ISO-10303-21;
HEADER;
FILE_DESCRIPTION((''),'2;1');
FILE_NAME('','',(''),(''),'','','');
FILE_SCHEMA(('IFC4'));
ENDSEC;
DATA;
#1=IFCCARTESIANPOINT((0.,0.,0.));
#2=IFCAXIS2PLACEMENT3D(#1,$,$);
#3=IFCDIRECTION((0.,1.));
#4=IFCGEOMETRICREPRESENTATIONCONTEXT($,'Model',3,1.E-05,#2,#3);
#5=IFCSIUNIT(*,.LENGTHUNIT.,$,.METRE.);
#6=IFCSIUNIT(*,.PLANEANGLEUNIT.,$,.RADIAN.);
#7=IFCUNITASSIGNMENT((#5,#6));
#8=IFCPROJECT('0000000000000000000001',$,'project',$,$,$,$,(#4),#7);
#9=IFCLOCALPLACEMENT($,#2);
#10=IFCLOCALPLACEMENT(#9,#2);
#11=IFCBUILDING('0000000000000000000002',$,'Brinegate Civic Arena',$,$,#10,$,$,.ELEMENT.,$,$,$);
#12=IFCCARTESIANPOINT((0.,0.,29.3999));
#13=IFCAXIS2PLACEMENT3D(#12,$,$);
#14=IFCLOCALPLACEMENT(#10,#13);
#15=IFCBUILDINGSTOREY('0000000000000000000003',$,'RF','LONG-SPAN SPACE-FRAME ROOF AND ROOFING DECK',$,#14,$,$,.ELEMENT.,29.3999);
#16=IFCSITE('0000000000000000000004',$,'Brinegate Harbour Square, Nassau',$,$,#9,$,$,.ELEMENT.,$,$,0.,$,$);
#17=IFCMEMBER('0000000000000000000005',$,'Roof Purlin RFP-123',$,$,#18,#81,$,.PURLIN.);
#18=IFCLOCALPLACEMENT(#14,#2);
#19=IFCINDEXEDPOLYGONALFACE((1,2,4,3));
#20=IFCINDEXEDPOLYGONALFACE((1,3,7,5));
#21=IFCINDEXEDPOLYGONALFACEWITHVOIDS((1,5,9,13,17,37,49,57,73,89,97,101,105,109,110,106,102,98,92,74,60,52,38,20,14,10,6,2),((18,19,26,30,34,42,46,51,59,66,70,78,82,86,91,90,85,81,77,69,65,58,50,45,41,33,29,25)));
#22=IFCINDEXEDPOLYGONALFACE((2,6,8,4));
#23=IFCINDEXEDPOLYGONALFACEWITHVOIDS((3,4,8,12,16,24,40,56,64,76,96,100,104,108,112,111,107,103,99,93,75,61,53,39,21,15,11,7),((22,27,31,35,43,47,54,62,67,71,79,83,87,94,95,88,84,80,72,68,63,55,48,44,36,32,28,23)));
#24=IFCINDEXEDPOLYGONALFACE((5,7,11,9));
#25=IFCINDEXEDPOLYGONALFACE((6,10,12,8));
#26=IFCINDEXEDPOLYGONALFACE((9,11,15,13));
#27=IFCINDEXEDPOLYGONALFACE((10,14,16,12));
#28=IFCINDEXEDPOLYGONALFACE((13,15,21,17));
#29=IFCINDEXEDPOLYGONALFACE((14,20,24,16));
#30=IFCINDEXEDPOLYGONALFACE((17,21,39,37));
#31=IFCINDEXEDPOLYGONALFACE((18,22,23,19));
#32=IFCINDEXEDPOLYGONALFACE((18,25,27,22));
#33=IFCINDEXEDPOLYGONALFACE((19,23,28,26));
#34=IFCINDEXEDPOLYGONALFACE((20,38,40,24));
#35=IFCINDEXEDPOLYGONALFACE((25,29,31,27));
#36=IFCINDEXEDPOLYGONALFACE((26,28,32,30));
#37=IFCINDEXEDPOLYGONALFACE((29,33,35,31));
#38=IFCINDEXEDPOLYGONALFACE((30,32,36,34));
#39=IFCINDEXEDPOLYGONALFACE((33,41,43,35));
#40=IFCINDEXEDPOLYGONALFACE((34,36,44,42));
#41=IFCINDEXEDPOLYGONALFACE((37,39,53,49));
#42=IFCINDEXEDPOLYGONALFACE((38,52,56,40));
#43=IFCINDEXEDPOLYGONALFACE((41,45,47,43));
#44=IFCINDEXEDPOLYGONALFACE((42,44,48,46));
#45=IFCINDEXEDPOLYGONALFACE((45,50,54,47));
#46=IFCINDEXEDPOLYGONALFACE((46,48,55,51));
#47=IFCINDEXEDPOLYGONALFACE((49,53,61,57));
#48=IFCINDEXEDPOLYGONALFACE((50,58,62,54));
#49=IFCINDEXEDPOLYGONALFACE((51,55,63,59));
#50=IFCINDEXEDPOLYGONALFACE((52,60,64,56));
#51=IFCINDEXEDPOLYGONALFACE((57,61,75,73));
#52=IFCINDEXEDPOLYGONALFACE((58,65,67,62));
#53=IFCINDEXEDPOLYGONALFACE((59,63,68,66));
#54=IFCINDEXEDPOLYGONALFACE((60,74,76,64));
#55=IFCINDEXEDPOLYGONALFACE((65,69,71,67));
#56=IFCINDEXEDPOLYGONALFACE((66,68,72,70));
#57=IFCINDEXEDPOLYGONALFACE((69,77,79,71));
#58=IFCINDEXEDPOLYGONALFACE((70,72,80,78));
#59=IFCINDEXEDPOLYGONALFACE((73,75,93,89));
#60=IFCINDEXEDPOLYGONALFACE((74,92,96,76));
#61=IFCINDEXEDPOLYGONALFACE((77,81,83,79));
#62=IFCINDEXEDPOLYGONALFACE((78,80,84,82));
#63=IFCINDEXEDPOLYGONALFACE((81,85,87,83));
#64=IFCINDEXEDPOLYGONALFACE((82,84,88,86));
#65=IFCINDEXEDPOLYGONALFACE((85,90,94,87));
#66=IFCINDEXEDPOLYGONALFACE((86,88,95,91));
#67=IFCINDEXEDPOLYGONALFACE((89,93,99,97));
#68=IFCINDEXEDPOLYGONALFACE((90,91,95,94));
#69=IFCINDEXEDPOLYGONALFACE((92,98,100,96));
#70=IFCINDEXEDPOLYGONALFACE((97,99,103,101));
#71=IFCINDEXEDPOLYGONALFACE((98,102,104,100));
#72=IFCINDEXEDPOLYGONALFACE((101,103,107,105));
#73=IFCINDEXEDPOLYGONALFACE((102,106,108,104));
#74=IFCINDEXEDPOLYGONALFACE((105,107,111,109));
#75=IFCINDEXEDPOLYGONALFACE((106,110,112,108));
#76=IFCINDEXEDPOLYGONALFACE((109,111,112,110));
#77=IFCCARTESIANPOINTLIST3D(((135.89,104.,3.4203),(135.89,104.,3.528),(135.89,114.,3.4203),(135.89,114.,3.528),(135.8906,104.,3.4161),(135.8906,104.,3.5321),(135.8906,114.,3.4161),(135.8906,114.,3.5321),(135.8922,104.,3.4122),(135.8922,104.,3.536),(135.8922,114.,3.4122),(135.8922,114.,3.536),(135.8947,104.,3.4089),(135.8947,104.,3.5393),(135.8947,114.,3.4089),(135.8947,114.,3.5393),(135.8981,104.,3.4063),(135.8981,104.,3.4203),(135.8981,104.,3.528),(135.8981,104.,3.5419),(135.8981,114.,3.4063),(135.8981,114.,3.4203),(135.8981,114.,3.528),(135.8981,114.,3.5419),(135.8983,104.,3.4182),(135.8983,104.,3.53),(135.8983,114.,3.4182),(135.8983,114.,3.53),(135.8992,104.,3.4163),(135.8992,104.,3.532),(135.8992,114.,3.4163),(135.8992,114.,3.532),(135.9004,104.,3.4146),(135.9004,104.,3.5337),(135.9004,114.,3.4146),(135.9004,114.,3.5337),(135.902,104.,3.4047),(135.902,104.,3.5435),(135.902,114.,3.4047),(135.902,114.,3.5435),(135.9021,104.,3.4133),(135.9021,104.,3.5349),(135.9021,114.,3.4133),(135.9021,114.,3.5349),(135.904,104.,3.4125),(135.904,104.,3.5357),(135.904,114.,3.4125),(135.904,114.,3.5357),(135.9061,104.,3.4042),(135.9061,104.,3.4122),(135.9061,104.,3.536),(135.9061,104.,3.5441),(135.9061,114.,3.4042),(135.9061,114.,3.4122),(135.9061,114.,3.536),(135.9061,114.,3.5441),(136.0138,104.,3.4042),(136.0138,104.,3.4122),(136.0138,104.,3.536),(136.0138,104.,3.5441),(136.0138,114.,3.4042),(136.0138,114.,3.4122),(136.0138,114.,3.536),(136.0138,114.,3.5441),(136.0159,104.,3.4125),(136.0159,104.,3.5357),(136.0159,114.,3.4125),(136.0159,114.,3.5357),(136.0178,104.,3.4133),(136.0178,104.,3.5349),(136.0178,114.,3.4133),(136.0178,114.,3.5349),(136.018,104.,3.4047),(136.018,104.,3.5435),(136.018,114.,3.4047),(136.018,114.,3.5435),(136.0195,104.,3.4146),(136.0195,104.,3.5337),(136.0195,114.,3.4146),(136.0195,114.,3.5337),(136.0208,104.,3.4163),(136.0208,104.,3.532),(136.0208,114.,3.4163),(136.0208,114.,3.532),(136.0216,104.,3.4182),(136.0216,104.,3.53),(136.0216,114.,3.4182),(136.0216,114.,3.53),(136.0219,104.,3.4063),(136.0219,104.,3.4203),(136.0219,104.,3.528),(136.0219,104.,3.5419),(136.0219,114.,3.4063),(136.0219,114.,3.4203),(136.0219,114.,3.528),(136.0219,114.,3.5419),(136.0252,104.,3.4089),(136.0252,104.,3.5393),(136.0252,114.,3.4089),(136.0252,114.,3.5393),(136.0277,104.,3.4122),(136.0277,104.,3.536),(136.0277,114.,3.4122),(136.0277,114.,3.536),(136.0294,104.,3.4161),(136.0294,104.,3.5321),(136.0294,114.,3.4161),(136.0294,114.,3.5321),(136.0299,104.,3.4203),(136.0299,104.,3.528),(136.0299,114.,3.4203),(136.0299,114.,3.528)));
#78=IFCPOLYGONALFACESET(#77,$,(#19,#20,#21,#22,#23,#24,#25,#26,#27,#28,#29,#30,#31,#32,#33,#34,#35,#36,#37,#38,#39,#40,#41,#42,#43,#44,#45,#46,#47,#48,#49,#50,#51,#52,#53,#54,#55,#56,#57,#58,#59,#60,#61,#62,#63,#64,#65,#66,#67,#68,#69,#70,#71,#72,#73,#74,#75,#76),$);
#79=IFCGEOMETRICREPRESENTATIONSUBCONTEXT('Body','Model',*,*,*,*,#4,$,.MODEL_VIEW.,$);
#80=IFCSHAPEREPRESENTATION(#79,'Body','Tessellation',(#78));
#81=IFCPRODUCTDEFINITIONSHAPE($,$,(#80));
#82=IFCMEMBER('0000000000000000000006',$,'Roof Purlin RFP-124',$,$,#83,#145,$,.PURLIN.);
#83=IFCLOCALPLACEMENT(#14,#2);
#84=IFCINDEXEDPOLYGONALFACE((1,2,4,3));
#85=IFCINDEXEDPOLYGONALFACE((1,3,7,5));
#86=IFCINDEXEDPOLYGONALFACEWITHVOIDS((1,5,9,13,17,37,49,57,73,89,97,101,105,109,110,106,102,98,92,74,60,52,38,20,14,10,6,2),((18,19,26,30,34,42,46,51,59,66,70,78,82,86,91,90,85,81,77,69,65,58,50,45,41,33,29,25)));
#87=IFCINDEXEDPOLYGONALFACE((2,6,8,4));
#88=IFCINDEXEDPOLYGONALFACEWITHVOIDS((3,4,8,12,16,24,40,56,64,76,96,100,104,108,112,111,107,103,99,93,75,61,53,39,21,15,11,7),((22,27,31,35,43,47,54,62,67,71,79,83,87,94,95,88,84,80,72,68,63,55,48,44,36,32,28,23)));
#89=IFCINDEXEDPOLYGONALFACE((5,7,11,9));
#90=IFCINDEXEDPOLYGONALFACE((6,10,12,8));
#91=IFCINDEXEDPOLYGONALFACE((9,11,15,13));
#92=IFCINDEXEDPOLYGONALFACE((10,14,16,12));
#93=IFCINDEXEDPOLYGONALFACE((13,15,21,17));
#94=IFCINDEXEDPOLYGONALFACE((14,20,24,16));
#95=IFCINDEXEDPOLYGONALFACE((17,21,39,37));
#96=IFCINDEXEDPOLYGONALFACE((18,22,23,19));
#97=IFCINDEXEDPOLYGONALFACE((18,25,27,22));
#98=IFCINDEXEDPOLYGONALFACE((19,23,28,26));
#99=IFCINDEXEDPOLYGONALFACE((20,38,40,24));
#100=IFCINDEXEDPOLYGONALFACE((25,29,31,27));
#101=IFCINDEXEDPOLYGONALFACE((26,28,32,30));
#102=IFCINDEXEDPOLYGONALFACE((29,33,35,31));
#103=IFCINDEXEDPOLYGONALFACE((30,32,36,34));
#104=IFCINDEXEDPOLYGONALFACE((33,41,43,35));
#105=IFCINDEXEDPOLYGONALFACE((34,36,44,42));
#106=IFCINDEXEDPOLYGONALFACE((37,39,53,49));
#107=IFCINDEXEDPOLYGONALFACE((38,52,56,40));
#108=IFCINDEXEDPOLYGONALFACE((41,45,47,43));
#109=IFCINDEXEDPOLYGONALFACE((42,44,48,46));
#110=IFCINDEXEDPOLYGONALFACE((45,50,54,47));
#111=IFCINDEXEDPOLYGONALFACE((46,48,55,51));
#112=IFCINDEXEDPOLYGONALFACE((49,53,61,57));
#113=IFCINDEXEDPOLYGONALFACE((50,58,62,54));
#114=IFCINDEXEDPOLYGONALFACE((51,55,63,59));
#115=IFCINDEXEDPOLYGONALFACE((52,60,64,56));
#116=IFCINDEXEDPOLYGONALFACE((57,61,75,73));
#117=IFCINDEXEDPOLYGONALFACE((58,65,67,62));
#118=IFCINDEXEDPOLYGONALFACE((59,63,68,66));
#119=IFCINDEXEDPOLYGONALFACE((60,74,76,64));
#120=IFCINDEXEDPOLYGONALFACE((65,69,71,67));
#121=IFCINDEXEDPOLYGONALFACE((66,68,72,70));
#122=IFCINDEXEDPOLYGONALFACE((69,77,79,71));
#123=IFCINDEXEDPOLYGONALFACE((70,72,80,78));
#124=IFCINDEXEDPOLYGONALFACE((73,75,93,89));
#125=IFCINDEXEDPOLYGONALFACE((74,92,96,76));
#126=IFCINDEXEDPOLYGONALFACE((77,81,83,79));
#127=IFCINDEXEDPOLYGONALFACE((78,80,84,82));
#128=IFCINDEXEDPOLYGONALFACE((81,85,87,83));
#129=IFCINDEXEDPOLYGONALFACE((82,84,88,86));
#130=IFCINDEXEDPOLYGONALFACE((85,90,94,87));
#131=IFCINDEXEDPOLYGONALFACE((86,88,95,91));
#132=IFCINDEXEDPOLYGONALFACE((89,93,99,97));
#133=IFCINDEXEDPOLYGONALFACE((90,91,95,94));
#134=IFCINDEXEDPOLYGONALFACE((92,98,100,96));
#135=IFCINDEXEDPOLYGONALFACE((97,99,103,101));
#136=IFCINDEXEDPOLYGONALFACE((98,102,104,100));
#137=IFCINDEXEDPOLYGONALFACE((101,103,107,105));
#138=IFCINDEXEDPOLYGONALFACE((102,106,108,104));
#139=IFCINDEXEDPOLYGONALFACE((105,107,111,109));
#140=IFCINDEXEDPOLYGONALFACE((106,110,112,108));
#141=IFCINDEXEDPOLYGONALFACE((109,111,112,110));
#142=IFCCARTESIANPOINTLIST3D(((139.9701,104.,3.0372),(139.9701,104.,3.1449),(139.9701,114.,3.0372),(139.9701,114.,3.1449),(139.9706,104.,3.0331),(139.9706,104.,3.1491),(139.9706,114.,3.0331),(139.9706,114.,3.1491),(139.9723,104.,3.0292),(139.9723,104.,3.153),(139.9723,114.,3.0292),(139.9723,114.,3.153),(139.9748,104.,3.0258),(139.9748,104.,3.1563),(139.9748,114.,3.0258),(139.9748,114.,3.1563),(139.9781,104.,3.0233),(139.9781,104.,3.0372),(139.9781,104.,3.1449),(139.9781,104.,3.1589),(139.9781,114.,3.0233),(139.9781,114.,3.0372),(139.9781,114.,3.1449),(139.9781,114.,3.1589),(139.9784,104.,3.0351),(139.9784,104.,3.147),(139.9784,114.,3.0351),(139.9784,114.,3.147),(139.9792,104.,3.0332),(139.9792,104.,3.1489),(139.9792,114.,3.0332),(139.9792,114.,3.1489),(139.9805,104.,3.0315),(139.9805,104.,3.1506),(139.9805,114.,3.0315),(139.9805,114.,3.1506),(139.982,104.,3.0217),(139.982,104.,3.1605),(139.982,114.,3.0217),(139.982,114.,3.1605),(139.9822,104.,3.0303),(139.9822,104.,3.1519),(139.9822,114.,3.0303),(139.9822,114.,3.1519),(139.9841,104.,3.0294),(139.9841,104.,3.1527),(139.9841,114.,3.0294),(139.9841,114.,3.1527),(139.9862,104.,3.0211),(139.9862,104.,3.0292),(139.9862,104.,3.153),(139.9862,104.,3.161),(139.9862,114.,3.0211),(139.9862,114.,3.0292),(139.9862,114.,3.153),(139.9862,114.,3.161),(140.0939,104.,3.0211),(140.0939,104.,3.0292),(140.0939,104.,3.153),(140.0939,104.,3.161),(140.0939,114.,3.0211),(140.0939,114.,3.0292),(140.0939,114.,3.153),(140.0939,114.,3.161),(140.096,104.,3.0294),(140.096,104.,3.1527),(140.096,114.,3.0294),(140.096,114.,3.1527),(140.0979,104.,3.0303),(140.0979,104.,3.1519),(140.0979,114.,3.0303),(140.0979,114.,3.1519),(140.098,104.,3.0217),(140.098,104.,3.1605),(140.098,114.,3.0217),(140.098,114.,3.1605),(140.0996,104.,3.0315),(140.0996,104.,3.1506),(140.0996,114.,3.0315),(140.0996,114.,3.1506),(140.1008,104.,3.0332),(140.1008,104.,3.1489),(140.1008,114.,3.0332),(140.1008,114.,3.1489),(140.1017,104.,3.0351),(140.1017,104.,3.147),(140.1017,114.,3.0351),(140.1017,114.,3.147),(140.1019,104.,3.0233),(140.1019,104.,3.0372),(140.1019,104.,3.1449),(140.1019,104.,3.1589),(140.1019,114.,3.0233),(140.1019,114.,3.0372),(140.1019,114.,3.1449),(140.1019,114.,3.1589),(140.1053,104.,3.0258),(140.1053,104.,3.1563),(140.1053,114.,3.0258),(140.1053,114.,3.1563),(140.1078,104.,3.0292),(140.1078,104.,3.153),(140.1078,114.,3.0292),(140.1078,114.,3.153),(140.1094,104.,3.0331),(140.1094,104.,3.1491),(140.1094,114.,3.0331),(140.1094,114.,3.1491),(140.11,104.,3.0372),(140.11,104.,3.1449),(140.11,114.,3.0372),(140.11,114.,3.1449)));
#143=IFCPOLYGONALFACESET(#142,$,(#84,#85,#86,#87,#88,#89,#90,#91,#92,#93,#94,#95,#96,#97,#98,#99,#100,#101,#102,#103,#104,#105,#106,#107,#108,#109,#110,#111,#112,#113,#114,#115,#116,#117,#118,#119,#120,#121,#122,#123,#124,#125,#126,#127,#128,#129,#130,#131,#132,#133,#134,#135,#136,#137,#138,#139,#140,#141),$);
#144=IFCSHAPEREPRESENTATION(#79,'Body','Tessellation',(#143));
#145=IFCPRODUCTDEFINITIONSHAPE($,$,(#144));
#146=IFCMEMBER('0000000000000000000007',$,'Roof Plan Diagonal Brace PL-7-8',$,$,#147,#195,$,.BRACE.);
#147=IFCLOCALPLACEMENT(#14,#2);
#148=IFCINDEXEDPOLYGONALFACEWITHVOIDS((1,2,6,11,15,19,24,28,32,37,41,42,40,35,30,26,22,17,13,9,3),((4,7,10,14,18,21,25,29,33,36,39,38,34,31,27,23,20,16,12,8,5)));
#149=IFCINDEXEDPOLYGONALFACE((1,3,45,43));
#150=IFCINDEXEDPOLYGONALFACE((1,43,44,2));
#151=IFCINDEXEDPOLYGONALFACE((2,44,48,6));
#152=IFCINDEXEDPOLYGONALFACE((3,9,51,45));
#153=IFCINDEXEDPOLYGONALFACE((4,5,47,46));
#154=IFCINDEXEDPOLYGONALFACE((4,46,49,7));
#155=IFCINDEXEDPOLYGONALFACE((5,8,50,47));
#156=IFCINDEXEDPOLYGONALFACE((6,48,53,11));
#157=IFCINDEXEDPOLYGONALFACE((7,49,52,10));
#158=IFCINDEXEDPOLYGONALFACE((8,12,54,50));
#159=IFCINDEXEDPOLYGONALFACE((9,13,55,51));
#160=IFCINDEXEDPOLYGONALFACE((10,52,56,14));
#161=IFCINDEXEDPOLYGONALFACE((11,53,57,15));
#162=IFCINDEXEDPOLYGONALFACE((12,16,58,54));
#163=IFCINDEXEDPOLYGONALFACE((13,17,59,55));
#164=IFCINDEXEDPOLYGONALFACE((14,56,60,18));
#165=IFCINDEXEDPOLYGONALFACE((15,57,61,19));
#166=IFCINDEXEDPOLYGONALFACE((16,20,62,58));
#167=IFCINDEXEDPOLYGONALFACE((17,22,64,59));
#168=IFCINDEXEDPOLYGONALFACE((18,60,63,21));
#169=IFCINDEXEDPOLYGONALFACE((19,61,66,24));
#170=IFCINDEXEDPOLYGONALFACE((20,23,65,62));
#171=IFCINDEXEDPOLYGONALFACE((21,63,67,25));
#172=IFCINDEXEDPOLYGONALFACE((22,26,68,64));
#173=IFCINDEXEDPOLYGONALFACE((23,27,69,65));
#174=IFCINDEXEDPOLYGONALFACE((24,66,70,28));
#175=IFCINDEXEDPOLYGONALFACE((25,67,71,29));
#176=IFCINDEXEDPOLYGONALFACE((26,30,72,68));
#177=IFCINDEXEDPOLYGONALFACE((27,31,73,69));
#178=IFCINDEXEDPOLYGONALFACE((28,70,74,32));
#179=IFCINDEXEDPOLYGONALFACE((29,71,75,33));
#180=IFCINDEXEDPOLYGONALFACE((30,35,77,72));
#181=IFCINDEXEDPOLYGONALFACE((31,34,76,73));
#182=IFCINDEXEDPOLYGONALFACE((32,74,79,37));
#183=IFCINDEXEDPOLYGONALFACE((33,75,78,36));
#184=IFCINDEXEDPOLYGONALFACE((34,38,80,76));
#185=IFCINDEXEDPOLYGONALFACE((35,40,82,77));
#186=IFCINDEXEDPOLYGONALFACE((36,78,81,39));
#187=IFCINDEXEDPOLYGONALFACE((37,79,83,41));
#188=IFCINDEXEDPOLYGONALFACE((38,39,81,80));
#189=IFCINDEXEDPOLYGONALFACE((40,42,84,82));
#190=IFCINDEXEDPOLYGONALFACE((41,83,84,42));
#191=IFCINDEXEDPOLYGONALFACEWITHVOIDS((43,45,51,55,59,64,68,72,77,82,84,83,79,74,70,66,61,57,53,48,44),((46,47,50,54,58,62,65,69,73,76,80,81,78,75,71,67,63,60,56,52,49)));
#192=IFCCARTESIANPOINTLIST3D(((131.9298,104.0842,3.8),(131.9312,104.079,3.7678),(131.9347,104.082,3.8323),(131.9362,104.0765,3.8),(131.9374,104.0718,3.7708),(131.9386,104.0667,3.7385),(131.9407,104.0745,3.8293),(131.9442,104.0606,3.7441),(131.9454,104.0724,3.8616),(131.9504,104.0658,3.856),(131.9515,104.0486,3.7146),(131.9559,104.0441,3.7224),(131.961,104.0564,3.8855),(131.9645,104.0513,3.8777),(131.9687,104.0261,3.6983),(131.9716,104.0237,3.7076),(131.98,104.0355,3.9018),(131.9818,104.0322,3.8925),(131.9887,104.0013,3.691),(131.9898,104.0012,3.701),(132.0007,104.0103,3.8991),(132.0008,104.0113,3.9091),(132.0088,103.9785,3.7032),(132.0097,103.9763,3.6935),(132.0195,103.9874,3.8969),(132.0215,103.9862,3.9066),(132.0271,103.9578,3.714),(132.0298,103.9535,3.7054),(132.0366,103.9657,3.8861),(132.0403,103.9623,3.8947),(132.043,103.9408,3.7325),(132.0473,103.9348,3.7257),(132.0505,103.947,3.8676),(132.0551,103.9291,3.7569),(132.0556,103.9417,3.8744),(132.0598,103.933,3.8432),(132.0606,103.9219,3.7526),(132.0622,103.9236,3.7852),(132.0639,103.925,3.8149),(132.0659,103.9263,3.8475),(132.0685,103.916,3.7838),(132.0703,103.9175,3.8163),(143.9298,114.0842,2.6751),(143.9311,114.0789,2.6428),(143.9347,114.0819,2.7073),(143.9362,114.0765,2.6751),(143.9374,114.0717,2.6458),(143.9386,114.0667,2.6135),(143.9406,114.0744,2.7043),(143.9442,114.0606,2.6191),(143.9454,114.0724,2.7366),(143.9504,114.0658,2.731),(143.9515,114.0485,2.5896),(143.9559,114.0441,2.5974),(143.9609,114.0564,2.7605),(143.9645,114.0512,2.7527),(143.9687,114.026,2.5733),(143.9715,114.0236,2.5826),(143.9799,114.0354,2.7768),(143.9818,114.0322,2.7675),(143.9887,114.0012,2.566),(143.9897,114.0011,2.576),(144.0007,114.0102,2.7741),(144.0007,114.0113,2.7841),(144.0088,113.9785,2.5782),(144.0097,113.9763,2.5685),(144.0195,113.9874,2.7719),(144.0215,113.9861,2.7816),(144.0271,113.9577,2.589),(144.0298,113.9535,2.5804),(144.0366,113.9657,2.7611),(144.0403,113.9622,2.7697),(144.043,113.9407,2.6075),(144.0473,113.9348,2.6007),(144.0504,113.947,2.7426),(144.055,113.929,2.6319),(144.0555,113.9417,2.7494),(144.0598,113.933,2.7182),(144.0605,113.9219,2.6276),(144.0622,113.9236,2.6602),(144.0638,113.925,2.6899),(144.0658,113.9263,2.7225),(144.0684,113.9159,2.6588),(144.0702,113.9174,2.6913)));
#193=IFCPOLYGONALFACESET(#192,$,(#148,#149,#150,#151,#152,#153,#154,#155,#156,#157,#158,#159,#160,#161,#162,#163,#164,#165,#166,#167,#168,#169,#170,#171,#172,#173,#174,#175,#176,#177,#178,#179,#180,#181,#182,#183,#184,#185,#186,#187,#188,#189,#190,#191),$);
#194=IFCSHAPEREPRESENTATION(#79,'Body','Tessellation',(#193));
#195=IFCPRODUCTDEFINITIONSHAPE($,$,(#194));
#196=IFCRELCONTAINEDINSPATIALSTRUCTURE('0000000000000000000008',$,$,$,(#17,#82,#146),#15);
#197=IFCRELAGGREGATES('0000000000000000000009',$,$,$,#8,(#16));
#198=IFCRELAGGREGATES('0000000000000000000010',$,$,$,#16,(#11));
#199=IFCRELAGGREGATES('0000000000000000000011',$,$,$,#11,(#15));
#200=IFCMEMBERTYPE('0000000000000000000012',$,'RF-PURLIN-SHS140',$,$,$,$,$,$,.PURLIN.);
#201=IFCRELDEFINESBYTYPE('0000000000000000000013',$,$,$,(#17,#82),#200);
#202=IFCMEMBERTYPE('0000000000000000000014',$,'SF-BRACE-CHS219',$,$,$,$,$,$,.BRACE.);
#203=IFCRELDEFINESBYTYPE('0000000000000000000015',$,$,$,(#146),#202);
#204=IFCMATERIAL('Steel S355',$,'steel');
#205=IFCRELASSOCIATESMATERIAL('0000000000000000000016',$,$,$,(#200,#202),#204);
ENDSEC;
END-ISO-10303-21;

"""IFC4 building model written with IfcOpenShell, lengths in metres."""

from ifc_helpers import new_model, si_unit, direction, frame, origin, origin_2d, place, context, subcontext, project, spatial, hollow_rectangle, hollow_circle, extrude, material, material_profile, profile_set, type_object, element, save


model = new_model("IFC4")

# Units and contexts
model_context = context("Model", 3, precision=1e-05, world=origin(), true_north=direction((0.0, 1.0)))
body_context = subcontext(model_context, "Body", "Model", "MODEL_VIEW")
ifc_project = project(units=[si_unit("LENGTHUNIT", "METRE"), si_unit("PLANEANGLEUNIT", "RADIAN")], contexts=[model_context])

# Site, building, storey
site_placement = place(None, origin())
site = spatial("IfcSite", under=ifc_project, at=site_placement, Name="Brinegate Harbour Square, Nassau", CompositionType="ELEMENT", RefElevation=0.0)
building_placement = place(site_placement, origin())
building = spatial("IfcBuilding", under=site, at=building_placement, Name="Brinegate Civic Arena", CompositionType="ELEMENT")
storey_placement = place(building_placement, frame((0.0, 0.0, 29.3999)))
storey = spatial("IfcBuildingStorey", under=building, at=storey_placement, Name="RF", Description="LONG-SPAN SPACE-FRAME ROOF AND ROOFING DECK", CompositionType="ELEMENT", Elevation=29.3999)

# Shared definitions
ifc_material_1 = material(Name="Steel S355", Category="steel")

# Members
ifc_material_profile_1 = material_profile(ifc_material_1, hollow_rectangle(XDim=0.1399, YDim=0.1399, WallThickness=0.0081, InnerFilletRadius=0.0081, OuterFilletRadius=0.0161, at=origin_2d()), Name="SHS140X8")
ifc_profile_set_1 = profile_set([ifc_material_profile_1], Name="Steel S355")
member_type_1 = type_object("IfcMemberType", Name="RF-PURLIN-SHS140", PredefinedType="PURLIN", material=ifc_profile_set_1)
for number, where, z_axis, x_axis, name in (
    (1, (135.96, 104.0, 3.4741), (0.0, 1.0, 0.0), (-1.0, 0.0, 0.0), "Roof Purlin RFP-123"),
    (2, (140.04, 104.0, 3.0911), (0.0, 1.0, 0.0), (-1.0, 0.0, 0.0), "Roof Purlin RFP-124"),
):
    element("IfcMember", number, at=place(storey_placement, frame(where, z_axis=z_axis, x_axis=x_axis)), inside=storey, type_object=member_type_1, Name=name, PredefinedType="PURLIN", context=body_context, shape_type="SweptSolid", body=[
        extrude(hollow_rectangle(XDim=0.1399, YDim=0.1399, WallThickness=0.0081, InnerFilletRadius=0.0081, OuterFilletRadius=0.0161, at=origin_2d()), origin(), (0.0, 0.0, 1.0), 10.0),
    ])
ifc_material_profile_2 = material_profile(ifc_material_1, hollow_circle(Radius=0.1096, WallThickness=0.01, at=origin_2d()), Name="CHS219X10")
ifc_profile_set_2 = profile_set([ifc_material_profile_2], Name="Steel S355")
member_type_2 = type_object("IfcMemberType", Name="SF-BRACE-CHS219", PredefinedType="BRACE", material=ifc_profile_set_2)
member_1_placement = place(storey_placement, frame((132.0, 104.0, 3.8), z_axis=(0.766237, 0.638531, -0.071835), x_axis=(-0.640184, 0.768221, 0.0)))
element("IfcMember", 3, at=member_1_placement, inside=storey, type_object=member_type_2, Name="Roof Plan Diagonal Brace PL-7-8", PredefinedType="BRACE", context=body_context, shape_type="SweptSolid", body=[
    extrude(hollow_circle(Radius=0.1096, WallThickness=0.01, at=origin_2d()), origin(), (0.0, 0.0, 1.0), 15.6609),
])

save(model, "model.ifc")
